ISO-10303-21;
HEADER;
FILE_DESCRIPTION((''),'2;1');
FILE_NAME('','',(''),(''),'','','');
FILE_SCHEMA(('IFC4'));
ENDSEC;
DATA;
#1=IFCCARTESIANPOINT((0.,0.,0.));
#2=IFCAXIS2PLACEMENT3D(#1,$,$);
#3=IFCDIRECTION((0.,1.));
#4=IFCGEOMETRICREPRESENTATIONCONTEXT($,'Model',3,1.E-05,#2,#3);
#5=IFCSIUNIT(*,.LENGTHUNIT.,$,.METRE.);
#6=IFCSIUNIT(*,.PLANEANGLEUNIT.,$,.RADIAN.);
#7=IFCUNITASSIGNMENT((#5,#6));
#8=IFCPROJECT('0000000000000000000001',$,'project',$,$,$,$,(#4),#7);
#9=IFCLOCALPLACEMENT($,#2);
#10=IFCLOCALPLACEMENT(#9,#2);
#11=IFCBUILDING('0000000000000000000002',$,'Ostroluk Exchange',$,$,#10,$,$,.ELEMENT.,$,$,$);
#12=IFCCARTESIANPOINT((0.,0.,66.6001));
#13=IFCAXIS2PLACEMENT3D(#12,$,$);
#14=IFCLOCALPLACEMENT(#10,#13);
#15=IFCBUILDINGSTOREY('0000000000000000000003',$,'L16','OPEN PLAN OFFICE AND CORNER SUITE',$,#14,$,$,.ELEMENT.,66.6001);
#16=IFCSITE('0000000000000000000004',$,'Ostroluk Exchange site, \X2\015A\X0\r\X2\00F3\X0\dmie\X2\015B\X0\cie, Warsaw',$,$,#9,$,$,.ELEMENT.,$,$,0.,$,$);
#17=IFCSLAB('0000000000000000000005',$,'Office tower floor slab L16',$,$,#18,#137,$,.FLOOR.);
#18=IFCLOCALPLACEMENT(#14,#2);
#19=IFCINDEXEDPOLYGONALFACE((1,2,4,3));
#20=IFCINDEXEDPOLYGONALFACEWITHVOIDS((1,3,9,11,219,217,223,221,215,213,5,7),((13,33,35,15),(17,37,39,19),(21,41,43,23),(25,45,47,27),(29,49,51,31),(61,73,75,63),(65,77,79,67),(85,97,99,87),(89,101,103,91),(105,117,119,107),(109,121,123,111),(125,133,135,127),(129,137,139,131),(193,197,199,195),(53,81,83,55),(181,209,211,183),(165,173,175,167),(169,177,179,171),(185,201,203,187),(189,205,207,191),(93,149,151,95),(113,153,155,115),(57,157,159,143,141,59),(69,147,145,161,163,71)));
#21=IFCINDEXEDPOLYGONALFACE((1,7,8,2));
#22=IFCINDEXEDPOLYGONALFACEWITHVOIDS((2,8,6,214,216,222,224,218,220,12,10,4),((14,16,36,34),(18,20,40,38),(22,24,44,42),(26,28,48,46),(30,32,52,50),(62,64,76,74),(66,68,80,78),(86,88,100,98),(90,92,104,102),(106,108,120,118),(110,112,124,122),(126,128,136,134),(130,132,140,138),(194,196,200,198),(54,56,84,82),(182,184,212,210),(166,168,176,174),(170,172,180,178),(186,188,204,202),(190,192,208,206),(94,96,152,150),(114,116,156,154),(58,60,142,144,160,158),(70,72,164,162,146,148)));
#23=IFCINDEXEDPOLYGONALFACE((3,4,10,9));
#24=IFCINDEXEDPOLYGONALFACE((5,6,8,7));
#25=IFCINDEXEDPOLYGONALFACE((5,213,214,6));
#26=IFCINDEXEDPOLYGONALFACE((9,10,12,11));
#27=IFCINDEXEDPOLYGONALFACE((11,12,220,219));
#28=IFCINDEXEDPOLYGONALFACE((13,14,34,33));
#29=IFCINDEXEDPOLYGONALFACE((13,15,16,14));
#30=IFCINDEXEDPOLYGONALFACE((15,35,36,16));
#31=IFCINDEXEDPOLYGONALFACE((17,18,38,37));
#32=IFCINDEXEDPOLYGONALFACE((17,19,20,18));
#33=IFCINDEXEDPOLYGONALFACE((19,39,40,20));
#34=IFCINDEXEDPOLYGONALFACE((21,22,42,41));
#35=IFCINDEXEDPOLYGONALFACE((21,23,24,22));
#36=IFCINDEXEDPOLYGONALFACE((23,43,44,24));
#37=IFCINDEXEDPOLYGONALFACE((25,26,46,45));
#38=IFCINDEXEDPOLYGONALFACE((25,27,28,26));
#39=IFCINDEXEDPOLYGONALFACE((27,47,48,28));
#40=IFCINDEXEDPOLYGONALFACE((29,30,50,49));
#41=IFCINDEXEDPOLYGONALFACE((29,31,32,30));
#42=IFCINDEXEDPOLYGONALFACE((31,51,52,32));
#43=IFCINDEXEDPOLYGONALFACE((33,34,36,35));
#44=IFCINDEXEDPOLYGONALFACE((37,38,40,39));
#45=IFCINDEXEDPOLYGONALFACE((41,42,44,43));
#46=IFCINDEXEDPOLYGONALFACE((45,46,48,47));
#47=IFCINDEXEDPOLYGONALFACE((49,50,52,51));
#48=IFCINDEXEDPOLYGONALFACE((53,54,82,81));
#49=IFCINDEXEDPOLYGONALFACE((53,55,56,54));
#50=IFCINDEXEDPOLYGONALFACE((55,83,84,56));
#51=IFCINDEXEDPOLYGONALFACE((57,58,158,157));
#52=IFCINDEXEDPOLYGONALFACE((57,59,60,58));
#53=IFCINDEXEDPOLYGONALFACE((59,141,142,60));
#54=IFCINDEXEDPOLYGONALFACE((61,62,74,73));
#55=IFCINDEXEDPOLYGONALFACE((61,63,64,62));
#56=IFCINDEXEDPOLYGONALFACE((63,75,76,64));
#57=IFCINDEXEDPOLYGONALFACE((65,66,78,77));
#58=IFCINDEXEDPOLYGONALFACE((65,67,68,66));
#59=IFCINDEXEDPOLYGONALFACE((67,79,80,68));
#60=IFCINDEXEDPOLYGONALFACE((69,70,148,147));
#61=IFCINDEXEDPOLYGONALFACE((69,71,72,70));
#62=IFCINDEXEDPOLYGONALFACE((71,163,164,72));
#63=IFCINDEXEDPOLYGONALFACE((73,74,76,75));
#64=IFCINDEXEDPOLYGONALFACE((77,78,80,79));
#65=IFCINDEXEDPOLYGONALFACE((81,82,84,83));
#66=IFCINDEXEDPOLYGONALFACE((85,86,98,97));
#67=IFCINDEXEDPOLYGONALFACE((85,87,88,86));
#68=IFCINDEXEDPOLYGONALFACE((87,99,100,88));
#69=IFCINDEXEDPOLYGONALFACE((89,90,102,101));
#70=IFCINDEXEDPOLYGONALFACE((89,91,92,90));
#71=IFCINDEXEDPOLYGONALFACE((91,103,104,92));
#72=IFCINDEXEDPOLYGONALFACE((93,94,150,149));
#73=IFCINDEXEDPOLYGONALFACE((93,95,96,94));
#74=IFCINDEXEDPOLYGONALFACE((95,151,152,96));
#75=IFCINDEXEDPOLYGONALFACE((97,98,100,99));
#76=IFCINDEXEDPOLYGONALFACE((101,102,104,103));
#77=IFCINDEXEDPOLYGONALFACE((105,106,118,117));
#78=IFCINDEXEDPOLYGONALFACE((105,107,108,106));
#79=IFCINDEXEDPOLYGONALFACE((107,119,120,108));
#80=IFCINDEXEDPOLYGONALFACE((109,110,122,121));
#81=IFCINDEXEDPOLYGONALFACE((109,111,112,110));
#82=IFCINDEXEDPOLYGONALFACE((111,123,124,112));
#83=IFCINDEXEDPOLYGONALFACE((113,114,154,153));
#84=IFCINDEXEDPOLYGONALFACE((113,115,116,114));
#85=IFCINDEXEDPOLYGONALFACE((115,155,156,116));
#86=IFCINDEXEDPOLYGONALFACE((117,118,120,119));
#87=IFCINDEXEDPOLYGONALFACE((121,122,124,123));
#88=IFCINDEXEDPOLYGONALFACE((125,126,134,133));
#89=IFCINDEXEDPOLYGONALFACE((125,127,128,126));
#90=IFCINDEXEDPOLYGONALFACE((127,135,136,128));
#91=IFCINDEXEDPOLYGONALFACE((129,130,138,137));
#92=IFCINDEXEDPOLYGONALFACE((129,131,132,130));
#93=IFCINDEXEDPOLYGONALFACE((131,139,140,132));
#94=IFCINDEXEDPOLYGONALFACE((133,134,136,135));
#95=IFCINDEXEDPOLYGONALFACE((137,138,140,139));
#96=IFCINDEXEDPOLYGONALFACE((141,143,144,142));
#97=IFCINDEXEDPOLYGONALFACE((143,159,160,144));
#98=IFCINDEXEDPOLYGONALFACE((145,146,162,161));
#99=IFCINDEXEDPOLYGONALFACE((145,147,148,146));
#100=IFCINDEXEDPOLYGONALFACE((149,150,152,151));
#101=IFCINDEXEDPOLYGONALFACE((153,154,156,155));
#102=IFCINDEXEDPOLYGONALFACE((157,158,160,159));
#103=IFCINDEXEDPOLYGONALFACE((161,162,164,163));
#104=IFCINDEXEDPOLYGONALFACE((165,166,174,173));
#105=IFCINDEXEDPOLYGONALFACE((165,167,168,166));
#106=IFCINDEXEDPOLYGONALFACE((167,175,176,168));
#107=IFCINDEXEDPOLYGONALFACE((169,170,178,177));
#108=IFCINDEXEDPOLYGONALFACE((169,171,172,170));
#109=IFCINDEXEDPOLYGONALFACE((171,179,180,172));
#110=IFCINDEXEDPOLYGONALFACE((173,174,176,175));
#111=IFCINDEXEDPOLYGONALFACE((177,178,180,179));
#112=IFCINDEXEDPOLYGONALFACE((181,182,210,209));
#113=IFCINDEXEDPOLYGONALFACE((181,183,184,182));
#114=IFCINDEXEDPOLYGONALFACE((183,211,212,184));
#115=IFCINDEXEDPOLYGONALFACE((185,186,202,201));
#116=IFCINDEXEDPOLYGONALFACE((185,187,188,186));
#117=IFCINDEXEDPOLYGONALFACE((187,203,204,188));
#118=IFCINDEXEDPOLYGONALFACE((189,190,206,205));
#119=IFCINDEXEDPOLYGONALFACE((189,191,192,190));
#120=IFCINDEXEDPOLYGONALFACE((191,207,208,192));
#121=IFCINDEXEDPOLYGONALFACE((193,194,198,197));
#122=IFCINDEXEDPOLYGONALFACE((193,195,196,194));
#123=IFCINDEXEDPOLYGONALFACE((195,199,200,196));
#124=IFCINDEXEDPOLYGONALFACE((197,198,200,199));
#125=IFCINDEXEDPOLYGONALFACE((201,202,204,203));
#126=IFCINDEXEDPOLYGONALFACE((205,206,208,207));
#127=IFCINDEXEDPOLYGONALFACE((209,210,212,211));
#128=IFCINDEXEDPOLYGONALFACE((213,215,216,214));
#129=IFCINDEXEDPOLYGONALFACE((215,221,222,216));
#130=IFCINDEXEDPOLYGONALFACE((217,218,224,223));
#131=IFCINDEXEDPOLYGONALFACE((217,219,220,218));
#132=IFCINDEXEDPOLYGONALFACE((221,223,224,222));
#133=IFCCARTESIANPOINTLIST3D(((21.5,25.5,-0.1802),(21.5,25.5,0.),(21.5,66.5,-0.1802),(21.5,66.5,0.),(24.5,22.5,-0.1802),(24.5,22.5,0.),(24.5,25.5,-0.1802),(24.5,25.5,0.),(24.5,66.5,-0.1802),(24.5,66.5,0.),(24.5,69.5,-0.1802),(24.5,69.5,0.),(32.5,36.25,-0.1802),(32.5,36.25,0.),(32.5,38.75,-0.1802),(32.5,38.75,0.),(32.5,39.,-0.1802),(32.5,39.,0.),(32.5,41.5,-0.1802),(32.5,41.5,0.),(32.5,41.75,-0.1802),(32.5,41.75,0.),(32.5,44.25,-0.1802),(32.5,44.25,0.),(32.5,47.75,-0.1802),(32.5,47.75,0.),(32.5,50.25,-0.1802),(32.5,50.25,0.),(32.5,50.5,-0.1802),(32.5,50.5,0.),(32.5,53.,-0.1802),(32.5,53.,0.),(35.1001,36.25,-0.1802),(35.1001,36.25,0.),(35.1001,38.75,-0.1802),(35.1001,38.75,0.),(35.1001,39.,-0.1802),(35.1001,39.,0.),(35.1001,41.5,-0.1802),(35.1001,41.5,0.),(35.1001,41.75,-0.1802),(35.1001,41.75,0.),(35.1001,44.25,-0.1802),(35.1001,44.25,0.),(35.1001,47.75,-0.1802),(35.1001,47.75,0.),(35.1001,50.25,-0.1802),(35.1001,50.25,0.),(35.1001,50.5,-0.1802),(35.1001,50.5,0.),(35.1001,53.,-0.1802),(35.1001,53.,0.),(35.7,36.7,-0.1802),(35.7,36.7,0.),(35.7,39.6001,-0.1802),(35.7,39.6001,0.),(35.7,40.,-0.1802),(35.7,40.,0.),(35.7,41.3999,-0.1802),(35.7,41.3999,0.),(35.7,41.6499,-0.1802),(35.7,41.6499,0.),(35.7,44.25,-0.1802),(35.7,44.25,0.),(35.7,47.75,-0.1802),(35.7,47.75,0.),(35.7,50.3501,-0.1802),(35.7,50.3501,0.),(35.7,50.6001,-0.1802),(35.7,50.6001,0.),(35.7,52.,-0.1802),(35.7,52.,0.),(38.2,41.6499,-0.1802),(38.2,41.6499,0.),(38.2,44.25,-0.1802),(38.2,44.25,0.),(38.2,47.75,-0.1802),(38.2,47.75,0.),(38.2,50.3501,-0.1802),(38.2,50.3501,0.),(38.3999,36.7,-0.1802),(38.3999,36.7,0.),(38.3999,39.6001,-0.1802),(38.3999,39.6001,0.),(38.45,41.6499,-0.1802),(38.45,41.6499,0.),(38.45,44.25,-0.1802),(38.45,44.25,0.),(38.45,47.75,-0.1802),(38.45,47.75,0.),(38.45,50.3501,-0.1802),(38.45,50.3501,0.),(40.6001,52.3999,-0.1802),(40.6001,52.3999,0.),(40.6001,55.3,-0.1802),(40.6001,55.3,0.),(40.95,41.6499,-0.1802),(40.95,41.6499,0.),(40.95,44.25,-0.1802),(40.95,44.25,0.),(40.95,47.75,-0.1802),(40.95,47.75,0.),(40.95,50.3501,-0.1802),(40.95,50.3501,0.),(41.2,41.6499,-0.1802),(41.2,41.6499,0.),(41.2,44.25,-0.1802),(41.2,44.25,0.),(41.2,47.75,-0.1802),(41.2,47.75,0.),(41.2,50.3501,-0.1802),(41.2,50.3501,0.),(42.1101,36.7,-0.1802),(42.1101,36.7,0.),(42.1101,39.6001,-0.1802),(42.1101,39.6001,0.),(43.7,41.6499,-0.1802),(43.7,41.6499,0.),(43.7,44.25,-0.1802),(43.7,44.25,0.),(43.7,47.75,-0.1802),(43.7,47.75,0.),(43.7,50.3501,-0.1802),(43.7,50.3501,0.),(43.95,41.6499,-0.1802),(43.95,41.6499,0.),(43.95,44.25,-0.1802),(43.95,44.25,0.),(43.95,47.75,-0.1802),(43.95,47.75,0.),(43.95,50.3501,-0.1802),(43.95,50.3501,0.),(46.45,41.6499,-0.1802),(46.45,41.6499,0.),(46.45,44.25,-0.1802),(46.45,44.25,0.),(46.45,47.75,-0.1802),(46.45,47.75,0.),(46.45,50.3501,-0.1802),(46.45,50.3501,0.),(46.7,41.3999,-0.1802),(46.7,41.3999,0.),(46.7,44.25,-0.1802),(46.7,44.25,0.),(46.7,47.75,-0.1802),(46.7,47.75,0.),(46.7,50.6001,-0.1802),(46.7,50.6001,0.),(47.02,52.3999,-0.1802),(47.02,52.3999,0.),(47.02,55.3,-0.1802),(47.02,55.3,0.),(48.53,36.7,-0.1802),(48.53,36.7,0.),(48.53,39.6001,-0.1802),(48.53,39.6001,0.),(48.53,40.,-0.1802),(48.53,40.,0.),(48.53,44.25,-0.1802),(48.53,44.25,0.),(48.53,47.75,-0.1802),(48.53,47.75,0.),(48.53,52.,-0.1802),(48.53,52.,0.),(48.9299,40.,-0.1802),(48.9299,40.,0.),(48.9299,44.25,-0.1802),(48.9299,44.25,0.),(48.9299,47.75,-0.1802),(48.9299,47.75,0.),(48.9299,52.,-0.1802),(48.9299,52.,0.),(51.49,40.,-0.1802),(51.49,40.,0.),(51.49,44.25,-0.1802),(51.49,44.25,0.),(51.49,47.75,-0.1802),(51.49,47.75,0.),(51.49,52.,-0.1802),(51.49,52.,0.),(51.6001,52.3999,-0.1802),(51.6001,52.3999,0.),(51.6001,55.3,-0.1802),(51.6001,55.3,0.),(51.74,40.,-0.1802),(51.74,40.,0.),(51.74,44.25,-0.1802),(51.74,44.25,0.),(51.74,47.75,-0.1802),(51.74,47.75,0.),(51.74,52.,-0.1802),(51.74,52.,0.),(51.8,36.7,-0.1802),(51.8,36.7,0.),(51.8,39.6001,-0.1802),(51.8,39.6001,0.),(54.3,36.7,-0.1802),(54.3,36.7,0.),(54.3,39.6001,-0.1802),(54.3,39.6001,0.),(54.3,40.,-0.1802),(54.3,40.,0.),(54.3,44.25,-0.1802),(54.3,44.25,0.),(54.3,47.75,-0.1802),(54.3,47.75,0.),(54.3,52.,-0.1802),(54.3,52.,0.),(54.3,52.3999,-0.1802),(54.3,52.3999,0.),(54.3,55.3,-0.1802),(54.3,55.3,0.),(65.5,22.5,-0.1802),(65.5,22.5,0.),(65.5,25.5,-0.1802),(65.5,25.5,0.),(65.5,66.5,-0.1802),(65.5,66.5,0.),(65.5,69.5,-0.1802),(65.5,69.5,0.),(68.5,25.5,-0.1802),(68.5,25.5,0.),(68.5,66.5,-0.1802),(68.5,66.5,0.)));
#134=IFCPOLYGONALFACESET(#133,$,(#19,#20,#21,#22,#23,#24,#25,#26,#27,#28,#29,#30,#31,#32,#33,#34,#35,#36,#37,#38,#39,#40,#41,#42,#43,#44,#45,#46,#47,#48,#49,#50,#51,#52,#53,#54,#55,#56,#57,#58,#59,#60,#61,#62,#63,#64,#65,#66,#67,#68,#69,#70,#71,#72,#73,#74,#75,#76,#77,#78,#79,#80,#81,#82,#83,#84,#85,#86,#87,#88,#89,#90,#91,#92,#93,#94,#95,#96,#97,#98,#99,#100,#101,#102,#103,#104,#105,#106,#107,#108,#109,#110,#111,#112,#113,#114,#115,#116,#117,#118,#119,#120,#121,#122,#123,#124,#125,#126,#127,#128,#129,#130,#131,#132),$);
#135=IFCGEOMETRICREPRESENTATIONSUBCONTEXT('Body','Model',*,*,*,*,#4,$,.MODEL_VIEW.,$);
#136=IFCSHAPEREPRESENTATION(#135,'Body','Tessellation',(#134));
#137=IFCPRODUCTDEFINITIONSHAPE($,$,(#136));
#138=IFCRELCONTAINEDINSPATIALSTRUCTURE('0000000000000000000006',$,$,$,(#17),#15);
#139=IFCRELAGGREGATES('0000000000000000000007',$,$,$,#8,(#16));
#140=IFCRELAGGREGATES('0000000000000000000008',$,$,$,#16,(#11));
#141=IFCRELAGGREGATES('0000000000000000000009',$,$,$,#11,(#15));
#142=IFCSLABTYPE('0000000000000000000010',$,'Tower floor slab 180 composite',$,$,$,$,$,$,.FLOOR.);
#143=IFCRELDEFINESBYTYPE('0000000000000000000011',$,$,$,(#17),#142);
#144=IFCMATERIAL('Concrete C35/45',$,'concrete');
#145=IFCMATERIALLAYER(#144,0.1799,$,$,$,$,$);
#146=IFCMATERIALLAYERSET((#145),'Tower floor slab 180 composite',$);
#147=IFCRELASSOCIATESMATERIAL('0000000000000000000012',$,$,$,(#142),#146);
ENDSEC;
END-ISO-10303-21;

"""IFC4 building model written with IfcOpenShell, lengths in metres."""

from ifc_helpers import new_model, si_unit, direction, frame, origin, place, context, subcontext, project, spatial, polyline, outline, extrude, material, layer, layer_set, type_object, element, save


model = new_model("IFC4")

# Units and contexts
model_context = context("Model", 3, precision=1e-05, world=origin(), true_north=direction((0.0, 1.0)))
body_context = subcontext(model_context, "Body", "Model", "MODEL_VIEW")
ifc_project = project(units=[si_unit("LENGTHUNIT", "METRE"), si_unit("PLANEANGLEUNIT", "RADIAN")], contexts=[model_context])

# Site, building, storey
site_placement = place(None, origin())
site = spatial("IfcSite", under=ifc_project, at=site_placement, Name="Ostroluk Exchange site, Śródmieście, Warsaw", CompositionType="ELEMENT", RefElevation=0.0)
building_placement = place(site_placement, origin())
building = spatial("IfcBuilding", under=site, at=building_placement, Name="Ostroluk Exchange", CompositionType="ELEMENT")
storey_placement = place(building_placement, frame((0.0, 0.0, 66.6001)))
storey = spatial("IfcBuildingStorey", under=building, at=storey_placement, Name="L16", Description="OPEN PLAN OFFICE AND CORNER SUITE", CompositionType="ELEMENT", Elevation=66.6001)

# Slab
ifc_material_1 = material(Name="Concrete C35/45", Category="concrete")
ifc_layer_1 = layer(ifc_material_1, 0.1799)
ifc_layer_set_1 = layer_set([ifc_layer_1], Name="Tower floor slab 180 composite")
slab_type_1 = type_object("IfcSlabType", Name="Tower floor slab 180 composite", PredefinedType="FLOOR", material=ifc_layer_set_1)
slab_1_placement = place(storey_placement, frame((0.0, 0.0, -0.1802)))
element("IfcSlab", 1, at=slab_1_placement, inside=storey, type_object=slab_type_1, Name="Office tower floor slab L16", PredefinedType="FLOOR", context=body_context, shape_type="SweptSolid", body=[
    extrude(outline(polyline([(24.5, 22.5), (65.5, 22.5), (65.5, 25.5), (68.5, 25.5), (68.5, 66.5), (65.5, 66.5), (65.5, 69.5), (24.5, 69.5), (24.5, 66.5), (21.5, 66.5), (21.5, 25.5), (24.5, 25.5), (24.5, 22.5)]), holes=[polyline([(35.7, 36.7), (38.3999, 36.7), (38.3999, 39.6001), (35.7, 39.6001), (35.7, 36.7)]), polyline([(42.1101, 36.7), (48.53, 36.7), (48.53, 39.6001), (42.1101, 39.6001), (42.1101, 36.7)]), polyline([(51.8, 36.7), (54.3, 36.7), (54.3, 39.6001), (51.8, 39.6001), (51.8, 36.7)]), polyline([(40.6001, 52.3999), (47.02, 52.3999), (47.02, 55.3), (40.6001, 55.3), (40.6001, 52.3999)]), polyline([(51.6001, 52.3999), (54.3, 52.3999), (54.3, 55.3), (51.6001, 55.3), (51.6001, 52.3999)]), polyline([(35.7, 47.75), (38.2, 47.75), (38.2, 50.3501), (35.7, 50.3501), (35.7, 47.75)]), polyline([(38.45, 47.75), (40.95, 47.75), (40.95, 50.3501), (38.45, 50.3501), (38.45, 47.75)]), polyline([(41.2, 47.75), (43.7, 47.75), (43.7, 50.3501), (41.2, 50.3501), (41.2, 47.75)]), polyline([(43.95, 47.75), (46.45, 47.75), (46.45, 50.3501), (43.95, 50.3501), (43.95, 47.75)]), polyline([(35.7, 41.6499), (38.2, 41.6499), (38.2, 44.25), (35.7, 44.25), (35.7, 41.6499)]), polyline([(38.45, 41.6499), (40.95, 41.6499), (40.95, 44.25), (38.45, 44.25), (38.45, 41.6499)]), polyline([(41.2, 41.6499), (43.7, 41.6499), (43.7, 44.25), (41.2, 44.25), (41.2, 41.6499)]), polyline([(43.95, 41.6499), (46.45, 41.6499), (46.45, 44.25), (43.95, 44.25), (43.95, 41.6499)]), polyline([(48.9299, 47.75), (51.49, 47.75), (51.49, 52.0), (48.9299, 52.0), (48.9299, 47.75)]), polyline([(51.74, 47.75), (54.3, 47.75), (54.3, 52.0), (51.74, 52.0), (51.74, 47.75)]), polyline([(48.9299, 40.0), (51.49, 40.0), (51.49, 44.25), (48.9299, 44.25), (48.9299, 40.0)]), polyline([(51.74, 40.0), (54.3, 40.0), (54.3, 44.25), (51.74, 44.25), (51.74, 40.0)]), polyline([(48.53, 52.0), (48.53, 47.75), (46.7, 47.75), (46.7, 50.6001), (35.7, 50.6001), (35.7, 52.0), (48.53, 52.0)]), polyline([(35.7, 40.0), (35.7, 41.3999), (46.7, 41.3999), (46.7, 44.25), (48.53, 44.25), (48.53, 40.0), (35.7, 40.0)]), polyline([(32.5, 36.25), (35.1001, 36.25), (35.1001, 38.75), (32.5, 38.75), (32.5, 36.25)]), polyline([(32.5, 39.0), (35.1001, 39.0), (35.1001, 41.5), (32.5, 41.5), (32.5, 39.0)]), polyline([(32.5, 41.75), (35.1001, 41.75), (35.1001, 44.25), (32.5, 44.25), (32.5, 41.75)]), polyline([(32.5, 47.75), (35.1001, 47.75), (35.1001, 50.25), (32.5, 50.25), (32.5, 47.75)]), polyline([(32.5, 50.5), (35.1001, 50.5), (35.1001, 53.0), (32.5, 53.0), (32.5, 50.5)])]), origin(), (0.0, 0.0, 1.0), 0.1802),
])

save(model, "model.ifc")
